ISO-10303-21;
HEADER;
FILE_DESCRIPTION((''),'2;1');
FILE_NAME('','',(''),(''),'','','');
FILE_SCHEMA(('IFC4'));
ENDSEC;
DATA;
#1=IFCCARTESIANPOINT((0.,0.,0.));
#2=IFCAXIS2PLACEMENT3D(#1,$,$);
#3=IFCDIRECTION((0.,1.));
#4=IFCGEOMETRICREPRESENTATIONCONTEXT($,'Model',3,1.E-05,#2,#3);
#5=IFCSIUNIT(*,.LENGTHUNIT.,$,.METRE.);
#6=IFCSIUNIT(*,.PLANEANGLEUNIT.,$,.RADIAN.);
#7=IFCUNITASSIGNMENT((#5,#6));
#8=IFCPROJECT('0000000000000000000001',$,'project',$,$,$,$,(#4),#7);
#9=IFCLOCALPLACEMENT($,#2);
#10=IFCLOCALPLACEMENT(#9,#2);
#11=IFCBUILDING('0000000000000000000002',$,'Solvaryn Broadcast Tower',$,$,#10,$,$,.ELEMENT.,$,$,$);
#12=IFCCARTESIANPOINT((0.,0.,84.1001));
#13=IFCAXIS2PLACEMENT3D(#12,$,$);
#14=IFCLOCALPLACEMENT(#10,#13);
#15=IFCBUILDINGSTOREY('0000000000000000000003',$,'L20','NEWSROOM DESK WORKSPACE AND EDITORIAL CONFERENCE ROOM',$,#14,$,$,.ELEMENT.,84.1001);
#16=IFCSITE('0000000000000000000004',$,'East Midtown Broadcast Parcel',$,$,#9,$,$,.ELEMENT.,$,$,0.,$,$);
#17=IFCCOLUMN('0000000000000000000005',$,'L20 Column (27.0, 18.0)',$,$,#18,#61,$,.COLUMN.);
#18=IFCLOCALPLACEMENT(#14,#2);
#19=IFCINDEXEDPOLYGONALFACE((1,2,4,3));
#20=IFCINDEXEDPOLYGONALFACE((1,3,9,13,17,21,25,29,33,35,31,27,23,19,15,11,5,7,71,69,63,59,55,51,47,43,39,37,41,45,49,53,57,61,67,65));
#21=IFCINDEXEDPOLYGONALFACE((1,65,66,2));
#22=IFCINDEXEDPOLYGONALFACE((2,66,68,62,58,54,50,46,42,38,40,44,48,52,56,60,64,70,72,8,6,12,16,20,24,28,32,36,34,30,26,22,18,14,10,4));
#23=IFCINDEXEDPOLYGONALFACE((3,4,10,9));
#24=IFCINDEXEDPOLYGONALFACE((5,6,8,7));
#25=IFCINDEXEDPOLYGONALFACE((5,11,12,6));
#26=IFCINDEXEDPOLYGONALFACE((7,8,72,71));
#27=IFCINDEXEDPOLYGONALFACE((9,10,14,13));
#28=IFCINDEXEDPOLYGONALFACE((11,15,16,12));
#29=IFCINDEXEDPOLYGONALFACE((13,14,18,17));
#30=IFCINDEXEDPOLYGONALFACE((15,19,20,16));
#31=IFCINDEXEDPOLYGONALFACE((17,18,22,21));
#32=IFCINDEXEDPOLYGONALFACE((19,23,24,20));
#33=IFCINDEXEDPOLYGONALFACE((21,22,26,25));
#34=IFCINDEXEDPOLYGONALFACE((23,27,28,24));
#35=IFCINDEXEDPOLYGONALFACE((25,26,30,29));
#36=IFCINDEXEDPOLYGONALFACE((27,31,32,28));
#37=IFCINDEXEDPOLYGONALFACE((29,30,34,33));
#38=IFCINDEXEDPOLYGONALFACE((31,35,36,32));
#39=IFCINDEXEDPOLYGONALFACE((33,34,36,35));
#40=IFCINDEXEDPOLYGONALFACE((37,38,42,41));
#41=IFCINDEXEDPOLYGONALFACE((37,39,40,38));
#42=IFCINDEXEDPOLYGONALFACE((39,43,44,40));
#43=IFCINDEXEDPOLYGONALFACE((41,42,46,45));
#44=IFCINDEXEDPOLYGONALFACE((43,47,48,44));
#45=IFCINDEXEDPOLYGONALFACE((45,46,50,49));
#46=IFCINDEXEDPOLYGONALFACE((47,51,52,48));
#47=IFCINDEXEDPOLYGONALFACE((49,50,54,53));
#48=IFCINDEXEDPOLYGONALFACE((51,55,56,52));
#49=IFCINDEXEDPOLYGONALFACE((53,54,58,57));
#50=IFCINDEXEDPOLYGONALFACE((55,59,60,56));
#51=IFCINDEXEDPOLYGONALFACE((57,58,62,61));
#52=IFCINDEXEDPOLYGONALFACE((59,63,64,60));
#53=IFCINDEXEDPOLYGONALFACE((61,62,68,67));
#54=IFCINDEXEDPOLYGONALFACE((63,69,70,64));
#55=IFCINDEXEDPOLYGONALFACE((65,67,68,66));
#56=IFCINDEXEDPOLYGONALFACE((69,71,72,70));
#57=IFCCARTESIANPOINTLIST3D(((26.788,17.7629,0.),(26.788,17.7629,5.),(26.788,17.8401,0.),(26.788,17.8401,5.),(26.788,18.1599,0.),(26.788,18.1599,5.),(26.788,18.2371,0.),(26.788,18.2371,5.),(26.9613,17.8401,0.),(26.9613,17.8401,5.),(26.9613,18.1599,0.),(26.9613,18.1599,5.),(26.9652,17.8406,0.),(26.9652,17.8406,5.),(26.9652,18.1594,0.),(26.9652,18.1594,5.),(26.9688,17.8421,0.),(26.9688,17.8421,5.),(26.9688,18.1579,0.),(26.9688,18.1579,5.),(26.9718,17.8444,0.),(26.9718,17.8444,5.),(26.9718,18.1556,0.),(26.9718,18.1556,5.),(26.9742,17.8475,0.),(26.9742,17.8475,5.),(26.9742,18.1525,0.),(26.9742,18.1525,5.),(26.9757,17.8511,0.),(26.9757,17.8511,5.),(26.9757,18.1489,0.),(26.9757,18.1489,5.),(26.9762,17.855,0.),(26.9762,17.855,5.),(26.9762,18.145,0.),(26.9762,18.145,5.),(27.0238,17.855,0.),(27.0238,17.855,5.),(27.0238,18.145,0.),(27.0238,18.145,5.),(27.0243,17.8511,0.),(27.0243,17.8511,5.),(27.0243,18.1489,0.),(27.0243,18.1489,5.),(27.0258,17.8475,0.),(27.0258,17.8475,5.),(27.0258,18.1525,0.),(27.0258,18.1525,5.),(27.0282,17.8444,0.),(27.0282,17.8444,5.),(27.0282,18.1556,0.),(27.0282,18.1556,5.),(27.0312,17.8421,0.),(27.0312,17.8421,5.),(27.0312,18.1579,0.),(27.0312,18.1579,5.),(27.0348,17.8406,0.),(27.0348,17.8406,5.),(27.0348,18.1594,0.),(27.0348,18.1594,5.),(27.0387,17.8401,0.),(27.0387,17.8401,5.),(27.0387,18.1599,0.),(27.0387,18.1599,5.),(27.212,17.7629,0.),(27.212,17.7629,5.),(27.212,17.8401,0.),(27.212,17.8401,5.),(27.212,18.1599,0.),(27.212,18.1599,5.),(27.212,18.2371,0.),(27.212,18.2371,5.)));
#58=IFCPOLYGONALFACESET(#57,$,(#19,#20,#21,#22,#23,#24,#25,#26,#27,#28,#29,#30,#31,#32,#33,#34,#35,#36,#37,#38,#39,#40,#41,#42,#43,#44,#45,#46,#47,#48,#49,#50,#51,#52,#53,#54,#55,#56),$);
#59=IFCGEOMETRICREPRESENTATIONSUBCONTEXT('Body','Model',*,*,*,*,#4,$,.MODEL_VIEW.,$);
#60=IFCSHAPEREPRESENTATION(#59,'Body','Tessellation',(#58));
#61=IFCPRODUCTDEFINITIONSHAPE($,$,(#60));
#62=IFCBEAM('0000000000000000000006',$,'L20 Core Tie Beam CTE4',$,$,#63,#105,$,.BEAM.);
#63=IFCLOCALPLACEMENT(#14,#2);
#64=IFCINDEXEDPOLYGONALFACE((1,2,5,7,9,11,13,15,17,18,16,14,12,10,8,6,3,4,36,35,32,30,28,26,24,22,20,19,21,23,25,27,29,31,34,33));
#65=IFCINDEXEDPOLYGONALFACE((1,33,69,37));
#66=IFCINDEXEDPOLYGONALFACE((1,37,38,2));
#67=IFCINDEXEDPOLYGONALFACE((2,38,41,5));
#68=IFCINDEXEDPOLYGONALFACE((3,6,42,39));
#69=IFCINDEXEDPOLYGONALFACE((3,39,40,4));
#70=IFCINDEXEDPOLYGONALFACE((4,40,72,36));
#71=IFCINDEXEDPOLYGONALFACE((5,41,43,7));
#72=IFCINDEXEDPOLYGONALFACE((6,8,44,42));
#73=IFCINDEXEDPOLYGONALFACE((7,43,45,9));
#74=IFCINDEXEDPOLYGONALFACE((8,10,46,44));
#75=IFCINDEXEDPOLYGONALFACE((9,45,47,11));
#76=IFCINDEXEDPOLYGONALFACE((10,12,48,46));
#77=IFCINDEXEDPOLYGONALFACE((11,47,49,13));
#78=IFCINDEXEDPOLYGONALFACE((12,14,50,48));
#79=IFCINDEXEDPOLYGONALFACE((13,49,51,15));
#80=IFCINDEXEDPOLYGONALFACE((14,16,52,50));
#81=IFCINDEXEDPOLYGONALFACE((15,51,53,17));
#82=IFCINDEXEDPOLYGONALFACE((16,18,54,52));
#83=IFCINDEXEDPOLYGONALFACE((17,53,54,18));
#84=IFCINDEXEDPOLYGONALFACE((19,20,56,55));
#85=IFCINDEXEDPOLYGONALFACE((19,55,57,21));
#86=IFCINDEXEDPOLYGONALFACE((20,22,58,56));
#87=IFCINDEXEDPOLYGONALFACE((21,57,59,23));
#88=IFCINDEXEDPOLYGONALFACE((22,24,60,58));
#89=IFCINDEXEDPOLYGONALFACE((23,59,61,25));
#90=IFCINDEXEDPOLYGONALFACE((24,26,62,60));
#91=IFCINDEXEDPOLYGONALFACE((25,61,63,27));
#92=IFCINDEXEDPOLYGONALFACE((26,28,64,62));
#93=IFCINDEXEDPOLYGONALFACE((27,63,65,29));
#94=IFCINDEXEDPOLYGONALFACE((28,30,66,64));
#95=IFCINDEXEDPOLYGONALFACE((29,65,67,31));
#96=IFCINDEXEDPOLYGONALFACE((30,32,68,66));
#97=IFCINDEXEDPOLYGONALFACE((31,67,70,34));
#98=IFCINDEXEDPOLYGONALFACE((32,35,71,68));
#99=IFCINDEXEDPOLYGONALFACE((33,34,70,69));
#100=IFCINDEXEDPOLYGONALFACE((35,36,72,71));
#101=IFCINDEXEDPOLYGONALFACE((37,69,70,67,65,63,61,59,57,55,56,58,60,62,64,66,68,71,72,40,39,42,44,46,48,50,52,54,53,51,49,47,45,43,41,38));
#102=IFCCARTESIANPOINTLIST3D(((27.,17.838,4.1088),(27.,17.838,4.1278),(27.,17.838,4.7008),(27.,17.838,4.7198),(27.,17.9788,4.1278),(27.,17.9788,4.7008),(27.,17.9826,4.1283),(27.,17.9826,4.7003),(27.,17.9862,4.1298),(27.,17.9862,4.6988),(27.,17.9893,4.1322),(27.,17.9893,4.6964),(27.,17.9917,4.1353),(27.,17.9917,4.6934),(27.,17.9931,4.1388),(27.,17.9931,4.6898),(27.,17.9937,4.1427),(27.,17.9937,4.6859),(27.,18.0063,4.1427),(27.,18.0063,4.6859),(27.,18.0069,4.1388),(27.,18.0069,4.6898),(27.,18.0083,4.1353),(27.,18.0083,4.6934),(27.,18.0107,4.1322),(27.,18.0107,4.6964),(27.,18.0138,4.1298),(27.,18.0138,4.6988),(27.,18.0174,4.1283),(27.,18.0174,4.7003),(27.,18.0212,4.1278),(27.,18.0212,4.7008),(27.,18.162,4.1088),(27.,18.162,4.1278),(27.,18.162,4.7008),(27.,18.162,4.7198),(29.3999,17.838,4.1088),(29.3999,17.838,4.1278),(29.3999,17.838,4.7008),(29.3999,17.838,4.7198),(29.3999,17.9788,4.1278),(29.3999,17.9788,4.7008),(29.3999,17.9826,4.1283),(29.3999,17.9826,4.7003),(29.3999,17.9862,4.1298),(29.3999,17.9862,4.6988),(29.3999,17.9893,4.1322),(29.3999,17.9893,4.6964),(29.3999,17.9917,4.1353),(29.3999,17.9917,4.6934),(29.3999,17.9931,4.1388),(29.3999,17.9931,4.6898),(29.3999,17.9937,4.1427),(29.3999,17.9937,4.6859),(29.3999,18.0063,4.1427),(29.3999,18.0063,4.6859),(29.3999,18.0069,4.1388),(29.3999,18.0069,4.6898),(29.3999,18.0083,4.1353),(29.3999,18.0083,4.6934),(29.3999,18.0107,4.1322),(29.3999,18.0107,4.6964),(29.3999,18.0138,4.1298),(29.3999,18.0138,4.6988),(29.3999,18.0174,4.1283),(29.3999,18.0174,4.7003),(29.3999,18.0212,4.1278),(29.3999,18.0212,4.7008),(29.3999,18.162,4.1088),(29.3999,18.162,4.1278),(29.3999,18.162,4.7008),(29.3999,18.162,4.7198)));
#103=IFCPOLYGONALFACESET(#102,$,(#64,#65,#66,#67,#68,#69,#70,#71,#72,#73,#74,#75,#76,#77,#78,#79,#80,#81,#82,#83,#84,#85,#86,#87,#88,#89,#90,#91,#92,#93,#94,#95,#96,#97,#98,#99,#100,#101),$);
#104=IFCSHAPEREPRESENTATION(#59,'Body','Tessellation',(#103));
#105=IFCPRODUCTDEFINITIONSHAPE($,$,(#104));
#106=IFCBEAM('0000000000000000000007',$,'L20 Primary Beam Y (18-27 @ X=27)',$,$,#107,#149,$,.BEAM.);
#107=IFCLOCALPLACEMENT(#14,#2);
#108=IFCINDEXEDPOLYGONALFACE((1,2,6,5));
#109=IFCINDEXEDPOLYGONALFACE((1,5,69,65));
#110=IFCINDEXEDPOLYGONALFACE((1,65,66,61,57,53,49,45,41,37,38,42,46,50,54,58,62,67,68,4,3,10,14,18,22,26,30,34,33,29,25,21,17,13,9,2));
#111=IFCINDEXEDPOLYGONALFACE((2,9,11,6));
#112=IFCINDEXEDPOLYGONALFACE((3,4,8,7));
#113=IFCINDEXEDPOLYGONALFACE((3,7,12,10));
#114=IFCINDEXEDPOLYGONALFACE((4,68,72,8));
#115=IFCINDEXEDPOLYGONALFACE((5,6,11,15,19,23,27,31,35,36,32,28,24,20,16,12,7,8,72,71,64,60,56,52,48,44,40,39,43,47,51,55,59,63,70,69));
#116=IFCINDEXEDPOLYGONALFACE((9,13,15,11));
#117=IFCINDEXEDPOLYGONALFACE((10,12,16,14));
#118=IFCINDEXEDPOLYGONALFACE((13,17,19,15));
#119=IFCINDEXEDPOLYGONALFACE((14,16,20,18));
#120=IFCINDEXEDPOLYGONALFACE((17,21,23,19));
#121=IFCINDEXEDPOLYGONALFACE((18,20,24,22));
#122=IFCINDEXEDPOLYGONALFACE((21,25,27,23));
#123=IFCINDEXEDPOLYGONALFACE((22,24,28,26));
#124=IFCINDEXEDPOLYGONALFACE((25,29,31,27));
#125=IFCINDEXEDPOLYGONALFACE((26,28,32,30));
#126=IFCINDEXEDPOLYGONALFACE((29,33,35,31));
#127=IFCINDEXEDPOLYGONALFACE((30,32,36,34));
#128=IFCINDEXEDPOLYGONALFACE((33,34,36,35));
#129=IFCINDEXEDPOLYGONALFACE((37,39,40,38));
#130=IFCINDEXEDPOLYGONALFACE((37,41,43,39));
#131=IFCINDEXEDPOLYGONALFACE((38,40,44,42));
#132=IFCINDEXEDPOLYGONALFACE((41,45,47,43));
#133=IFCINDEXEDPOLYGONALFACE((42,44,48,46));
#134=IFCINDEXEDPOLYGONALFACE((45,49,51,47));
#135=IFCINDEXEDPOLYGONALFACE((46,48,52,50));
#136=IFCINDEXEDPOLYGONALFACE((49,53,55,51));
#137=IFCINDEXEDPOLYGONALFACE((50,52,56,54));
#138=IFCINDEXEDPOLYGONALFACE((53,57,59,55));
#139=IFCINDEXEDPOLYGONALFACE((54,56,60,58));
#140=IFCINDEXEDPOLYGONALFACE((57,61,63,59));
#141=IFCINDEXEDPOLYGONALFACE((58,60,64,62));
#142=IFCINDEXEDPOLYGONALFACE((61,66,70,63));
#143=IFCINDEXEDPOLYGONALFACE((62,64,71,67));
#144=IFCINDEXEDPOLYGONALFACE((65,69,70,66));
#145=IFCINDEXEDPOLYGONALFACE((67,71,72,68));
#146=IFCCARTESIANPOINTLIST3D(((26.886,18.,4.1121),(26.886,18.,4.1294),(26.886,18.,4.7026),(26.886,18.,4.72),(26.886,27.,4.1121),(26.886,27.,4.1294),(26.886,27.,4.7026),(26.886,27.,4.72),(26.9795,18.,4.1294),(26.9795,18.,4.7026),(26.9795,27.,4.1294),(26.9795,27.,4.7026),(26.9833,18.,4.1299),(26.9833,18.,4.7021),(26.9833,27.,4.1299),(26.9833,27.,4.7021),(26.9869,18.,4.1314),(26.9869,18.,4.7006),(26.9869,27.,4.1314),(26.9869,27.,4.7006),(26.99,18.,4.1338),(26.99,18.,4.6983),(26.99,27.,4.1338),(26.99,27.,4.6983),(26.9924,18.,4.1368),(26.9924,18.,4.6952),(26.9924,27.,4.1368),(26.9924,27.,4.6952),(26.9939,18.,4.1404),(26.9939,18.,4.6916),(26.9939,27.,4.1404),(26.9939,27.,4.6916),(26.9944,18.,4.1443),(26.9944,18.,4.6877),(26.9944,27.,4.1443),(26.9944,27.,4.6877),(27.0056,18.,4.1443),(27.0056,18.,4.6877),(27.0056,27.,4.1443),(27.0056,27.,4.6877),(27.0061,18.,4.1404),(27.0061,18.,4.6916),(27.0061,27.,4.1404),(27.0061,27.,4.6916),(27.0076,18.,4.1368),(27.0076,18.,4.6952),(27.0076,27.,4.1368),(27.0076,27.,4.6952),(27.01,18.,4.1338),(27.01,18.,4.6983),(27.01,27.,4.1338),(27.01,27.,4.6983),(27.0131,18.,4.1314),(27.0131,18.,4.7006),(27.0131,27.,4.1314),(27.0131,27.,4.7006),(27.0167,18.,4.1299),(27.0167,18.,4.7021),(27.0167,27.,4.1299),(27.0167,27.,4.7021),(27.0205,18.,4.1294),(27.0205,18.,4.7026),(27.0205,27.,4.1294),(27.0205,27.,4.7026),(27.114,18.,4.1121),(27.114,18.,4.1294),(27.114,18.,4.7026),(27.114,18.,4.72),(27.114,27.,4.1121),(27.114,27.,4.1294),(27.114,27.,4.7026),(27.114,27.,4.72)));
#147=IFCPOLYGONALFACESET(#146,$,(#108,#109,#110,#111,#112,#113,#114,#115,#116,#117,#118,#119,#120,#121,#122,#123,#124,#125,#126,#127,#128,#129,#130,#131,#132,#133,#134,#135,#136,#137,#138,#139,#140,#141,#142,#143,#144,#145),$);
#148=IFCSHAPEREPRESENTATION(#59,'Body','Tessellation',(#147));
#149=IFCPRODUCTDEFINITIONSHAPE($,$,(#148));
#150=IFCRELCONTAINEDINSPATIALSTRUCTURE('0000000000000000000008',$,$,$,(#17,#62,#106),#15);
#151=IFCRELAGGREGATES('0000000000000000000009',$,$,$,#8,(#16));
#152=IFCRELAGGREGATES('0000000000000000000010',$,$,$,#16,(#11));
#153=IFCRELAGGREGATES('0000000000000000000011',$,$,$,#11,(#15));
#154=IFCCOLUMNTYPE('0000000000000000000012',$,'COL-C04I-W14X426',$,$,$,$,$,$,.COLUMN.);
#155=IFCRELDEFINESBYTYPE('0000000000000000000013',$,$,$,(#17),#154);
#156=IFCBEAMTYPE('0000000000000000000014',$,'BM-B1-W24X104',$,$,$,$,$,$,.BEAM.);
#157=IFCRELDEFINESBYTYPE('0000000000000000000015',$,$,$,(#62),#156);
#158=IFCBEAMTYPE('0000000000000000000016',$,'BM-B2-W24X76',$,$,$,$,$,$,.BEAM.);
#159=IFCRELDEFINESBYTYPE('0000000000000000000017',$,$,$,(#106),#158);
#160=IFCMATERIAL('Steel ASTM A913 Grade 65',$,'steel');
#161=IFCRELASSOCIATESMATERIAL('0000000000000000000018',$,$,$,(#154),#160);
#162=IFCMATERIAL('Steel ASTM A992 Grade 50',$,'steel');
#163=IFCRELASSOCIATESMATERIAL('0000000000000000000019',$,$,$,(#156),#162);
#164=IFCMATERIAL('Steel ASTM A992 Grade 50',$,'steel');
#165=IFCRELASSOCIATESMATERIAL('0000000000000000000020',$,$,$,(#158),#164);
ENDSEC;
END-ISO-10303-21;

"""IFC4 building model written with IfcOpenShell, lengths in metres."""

from ifc_helpers import new_model, si_unit, direction, frame, origin, origin_2d, place, context, subcontext, project, spatial, i_section, extrude, material, material_profile, profile_set, type_object, element, save


model = new_model("IFC4")

# Units and contexts
model_context = context("Model", 3, precision=1e-05, world=origin(), true_north=direction((0.0, 1.0)))
body_context = subcontext(model_context, "Body", "Model", "MODEL_VIEW")
ifc_project = project(units=[si_unit("LENGTHUNIT", "METRE"), si_unit("PLANEANGLEUNIT", "RADIAN")], contexts=[model_context])

# Site, building, storey
site_placement = place(None, origin())
site = spatial("IfcSite", under=ifc_project, at=site_placement, Name="East Midtown Broadcast Parcel", CompositionType="ELEMENT", RefElevation=0.0)
building_placement = place(site_placement, origin())
building = spatial("IfcBuilding", under=site, at=building_placement, Name="Solvaryn Broadcast Tower", CompositionType="ELEMENT")
storey_placement = place(building_placement, frame((0.0, 0.0, 84.1001)))
storey = spatial("IfcBuildingStorey", under=building, at=storey_placement, Name="L20", Description="NEWSROOM DESK WORKSPACE AND EDITORIAL CONFERENCE ROOM", CompositionType="ELEMENT", Elevation=84.1001)

# Column
ifc_material_1 = material(Name="Steel ASTM A913 Grade 65", Category="steel")
ifc_material_profile_1 = material_profile(ifc_material_1, i_section(OverallWidth=0.4241, OverallDepth=0.4741, WebThickness=0.0476, FlangeThickness=0.0771, FilletRadius=0.0149, at=origin_2d()))
ifc_profile_set_1 = profile_set([ifc_material_profile_1], Name="Steel ASTM A913 Grade 65")
column_type = type_object("IfcColumnType", Name="COL-C04I-W14X426", PredefinedType="COLUMN", material=ifc_profile_set_1)
column_placement = place(storey_placement, frame((27.0, 18.0, 0.0), z_axis=(0.0, 0.0, 1.0), x_axis=(1.0, 0.0, 0.0)))
element("IfcColumn", 1, at=column_placement, inside=storey, type_object=column_type, Name="L20 Column (27.0, 18.0)", PredefinedType="COLUMN", context=body_context, shape_type="SweptSolid", body=[
    extrude(i_section(OverallWidth=0.4241, OverallDepth=0.4741, WebThickness=0.0476, FlangeThickness=0.0771, FilletRadius=0.0149, at=origin_2d()), origin(), (0.0, 0.0, 1.0), 5.0),
])

# Beams
ifc_material_2 = material(Name="Steel ASTM A992 Grade 50", Category="steel")
ifc_material_profile_2 = material_profile(ifc_material_2, i_section(OverallWidth=0.324, OverallDepth=0.6111, WebThickness=0.0127, FlangeThickness=0.019, FilletRadius=0.0149, at=origin_2d()))
ifc_profile_set_2 = profile_set([ifc_material_profile_2], Name="Steel ASTM A992 Grade 50")
beam_type_1 = type_object("IfcBeamType", Name="BM-B1-W24X104", PredefinedType="BEAM", material=ifc_profile_set_2)
beam_1_placement = place(storey_placement, frame((27.0, 18.0, 4.4143), z_axis=(1.0, 0.0, 0.0), x_axis=(0.0, 1.0, 0.0)))
element("IfcBeam", 2, at=beam_1_placement, inside=storey, type_object=beam_type_1, Name="L20 Core Tie Beam CTE4", PredefinedType="BEAM", context=body_context, shape_type="SweptSolid", body=[
    extrude(i_section(OverallWidth=0.324, OverallDepth=0.6111, WebThickness=0.0127, FlangeThickness=0.019, FilletRadius=0.0149, at=origin_2d()), origin(), (0.0, 0.0, 1.0), 2.3999),
])
ifc_material_3 = material(Name="Steel ASTM A992 Grade 50", Category="steel")
ifc_material_profile_3 = material_profile(ifc_material_3, i_section(OverallWidth=0.228, OverallDepth=0.6079, WebThickness=0.0112, FlangeThickness=0.0173, FilletRadius=0.0149, at=origin_2d()))
ifc_profile_set_3 = profile_set([ifc_material_profile_3], Name="Steel ASTM A992 Grade 50")
beam_type_2 = type_object("IfcBeamType", Name="BM-B2-W24X76", PredefinedType="BEAM", material=ifc_profile_set_3)
beam_2_placement = place(storey_placement, frame((27.0, 18.0, 4.416), z_axis=(0.0, 1.0, 0.0), x_axis=(-1.0, 0.0, 0.0)))
element("IfcBeam", 3, at=beam_2_placement, inside=storey, type_object=beam_type_2, Name="L20 Primary Beam Y (18-27 @ X=27)", PredefinedType="BEAM", context=body_context, shape_type="SweptSolid", body=[
    extrude(i_section(OverallWidth=0.228, OverallDepth=0.6079, WebThickness=0.0112, FlangeThickness=0.0173, FilletRadius=0.0149, at=origin_2d()), origin(), (0.0, 0.0, 1.0), 9.0),
])

save(model, "model.ifc")
